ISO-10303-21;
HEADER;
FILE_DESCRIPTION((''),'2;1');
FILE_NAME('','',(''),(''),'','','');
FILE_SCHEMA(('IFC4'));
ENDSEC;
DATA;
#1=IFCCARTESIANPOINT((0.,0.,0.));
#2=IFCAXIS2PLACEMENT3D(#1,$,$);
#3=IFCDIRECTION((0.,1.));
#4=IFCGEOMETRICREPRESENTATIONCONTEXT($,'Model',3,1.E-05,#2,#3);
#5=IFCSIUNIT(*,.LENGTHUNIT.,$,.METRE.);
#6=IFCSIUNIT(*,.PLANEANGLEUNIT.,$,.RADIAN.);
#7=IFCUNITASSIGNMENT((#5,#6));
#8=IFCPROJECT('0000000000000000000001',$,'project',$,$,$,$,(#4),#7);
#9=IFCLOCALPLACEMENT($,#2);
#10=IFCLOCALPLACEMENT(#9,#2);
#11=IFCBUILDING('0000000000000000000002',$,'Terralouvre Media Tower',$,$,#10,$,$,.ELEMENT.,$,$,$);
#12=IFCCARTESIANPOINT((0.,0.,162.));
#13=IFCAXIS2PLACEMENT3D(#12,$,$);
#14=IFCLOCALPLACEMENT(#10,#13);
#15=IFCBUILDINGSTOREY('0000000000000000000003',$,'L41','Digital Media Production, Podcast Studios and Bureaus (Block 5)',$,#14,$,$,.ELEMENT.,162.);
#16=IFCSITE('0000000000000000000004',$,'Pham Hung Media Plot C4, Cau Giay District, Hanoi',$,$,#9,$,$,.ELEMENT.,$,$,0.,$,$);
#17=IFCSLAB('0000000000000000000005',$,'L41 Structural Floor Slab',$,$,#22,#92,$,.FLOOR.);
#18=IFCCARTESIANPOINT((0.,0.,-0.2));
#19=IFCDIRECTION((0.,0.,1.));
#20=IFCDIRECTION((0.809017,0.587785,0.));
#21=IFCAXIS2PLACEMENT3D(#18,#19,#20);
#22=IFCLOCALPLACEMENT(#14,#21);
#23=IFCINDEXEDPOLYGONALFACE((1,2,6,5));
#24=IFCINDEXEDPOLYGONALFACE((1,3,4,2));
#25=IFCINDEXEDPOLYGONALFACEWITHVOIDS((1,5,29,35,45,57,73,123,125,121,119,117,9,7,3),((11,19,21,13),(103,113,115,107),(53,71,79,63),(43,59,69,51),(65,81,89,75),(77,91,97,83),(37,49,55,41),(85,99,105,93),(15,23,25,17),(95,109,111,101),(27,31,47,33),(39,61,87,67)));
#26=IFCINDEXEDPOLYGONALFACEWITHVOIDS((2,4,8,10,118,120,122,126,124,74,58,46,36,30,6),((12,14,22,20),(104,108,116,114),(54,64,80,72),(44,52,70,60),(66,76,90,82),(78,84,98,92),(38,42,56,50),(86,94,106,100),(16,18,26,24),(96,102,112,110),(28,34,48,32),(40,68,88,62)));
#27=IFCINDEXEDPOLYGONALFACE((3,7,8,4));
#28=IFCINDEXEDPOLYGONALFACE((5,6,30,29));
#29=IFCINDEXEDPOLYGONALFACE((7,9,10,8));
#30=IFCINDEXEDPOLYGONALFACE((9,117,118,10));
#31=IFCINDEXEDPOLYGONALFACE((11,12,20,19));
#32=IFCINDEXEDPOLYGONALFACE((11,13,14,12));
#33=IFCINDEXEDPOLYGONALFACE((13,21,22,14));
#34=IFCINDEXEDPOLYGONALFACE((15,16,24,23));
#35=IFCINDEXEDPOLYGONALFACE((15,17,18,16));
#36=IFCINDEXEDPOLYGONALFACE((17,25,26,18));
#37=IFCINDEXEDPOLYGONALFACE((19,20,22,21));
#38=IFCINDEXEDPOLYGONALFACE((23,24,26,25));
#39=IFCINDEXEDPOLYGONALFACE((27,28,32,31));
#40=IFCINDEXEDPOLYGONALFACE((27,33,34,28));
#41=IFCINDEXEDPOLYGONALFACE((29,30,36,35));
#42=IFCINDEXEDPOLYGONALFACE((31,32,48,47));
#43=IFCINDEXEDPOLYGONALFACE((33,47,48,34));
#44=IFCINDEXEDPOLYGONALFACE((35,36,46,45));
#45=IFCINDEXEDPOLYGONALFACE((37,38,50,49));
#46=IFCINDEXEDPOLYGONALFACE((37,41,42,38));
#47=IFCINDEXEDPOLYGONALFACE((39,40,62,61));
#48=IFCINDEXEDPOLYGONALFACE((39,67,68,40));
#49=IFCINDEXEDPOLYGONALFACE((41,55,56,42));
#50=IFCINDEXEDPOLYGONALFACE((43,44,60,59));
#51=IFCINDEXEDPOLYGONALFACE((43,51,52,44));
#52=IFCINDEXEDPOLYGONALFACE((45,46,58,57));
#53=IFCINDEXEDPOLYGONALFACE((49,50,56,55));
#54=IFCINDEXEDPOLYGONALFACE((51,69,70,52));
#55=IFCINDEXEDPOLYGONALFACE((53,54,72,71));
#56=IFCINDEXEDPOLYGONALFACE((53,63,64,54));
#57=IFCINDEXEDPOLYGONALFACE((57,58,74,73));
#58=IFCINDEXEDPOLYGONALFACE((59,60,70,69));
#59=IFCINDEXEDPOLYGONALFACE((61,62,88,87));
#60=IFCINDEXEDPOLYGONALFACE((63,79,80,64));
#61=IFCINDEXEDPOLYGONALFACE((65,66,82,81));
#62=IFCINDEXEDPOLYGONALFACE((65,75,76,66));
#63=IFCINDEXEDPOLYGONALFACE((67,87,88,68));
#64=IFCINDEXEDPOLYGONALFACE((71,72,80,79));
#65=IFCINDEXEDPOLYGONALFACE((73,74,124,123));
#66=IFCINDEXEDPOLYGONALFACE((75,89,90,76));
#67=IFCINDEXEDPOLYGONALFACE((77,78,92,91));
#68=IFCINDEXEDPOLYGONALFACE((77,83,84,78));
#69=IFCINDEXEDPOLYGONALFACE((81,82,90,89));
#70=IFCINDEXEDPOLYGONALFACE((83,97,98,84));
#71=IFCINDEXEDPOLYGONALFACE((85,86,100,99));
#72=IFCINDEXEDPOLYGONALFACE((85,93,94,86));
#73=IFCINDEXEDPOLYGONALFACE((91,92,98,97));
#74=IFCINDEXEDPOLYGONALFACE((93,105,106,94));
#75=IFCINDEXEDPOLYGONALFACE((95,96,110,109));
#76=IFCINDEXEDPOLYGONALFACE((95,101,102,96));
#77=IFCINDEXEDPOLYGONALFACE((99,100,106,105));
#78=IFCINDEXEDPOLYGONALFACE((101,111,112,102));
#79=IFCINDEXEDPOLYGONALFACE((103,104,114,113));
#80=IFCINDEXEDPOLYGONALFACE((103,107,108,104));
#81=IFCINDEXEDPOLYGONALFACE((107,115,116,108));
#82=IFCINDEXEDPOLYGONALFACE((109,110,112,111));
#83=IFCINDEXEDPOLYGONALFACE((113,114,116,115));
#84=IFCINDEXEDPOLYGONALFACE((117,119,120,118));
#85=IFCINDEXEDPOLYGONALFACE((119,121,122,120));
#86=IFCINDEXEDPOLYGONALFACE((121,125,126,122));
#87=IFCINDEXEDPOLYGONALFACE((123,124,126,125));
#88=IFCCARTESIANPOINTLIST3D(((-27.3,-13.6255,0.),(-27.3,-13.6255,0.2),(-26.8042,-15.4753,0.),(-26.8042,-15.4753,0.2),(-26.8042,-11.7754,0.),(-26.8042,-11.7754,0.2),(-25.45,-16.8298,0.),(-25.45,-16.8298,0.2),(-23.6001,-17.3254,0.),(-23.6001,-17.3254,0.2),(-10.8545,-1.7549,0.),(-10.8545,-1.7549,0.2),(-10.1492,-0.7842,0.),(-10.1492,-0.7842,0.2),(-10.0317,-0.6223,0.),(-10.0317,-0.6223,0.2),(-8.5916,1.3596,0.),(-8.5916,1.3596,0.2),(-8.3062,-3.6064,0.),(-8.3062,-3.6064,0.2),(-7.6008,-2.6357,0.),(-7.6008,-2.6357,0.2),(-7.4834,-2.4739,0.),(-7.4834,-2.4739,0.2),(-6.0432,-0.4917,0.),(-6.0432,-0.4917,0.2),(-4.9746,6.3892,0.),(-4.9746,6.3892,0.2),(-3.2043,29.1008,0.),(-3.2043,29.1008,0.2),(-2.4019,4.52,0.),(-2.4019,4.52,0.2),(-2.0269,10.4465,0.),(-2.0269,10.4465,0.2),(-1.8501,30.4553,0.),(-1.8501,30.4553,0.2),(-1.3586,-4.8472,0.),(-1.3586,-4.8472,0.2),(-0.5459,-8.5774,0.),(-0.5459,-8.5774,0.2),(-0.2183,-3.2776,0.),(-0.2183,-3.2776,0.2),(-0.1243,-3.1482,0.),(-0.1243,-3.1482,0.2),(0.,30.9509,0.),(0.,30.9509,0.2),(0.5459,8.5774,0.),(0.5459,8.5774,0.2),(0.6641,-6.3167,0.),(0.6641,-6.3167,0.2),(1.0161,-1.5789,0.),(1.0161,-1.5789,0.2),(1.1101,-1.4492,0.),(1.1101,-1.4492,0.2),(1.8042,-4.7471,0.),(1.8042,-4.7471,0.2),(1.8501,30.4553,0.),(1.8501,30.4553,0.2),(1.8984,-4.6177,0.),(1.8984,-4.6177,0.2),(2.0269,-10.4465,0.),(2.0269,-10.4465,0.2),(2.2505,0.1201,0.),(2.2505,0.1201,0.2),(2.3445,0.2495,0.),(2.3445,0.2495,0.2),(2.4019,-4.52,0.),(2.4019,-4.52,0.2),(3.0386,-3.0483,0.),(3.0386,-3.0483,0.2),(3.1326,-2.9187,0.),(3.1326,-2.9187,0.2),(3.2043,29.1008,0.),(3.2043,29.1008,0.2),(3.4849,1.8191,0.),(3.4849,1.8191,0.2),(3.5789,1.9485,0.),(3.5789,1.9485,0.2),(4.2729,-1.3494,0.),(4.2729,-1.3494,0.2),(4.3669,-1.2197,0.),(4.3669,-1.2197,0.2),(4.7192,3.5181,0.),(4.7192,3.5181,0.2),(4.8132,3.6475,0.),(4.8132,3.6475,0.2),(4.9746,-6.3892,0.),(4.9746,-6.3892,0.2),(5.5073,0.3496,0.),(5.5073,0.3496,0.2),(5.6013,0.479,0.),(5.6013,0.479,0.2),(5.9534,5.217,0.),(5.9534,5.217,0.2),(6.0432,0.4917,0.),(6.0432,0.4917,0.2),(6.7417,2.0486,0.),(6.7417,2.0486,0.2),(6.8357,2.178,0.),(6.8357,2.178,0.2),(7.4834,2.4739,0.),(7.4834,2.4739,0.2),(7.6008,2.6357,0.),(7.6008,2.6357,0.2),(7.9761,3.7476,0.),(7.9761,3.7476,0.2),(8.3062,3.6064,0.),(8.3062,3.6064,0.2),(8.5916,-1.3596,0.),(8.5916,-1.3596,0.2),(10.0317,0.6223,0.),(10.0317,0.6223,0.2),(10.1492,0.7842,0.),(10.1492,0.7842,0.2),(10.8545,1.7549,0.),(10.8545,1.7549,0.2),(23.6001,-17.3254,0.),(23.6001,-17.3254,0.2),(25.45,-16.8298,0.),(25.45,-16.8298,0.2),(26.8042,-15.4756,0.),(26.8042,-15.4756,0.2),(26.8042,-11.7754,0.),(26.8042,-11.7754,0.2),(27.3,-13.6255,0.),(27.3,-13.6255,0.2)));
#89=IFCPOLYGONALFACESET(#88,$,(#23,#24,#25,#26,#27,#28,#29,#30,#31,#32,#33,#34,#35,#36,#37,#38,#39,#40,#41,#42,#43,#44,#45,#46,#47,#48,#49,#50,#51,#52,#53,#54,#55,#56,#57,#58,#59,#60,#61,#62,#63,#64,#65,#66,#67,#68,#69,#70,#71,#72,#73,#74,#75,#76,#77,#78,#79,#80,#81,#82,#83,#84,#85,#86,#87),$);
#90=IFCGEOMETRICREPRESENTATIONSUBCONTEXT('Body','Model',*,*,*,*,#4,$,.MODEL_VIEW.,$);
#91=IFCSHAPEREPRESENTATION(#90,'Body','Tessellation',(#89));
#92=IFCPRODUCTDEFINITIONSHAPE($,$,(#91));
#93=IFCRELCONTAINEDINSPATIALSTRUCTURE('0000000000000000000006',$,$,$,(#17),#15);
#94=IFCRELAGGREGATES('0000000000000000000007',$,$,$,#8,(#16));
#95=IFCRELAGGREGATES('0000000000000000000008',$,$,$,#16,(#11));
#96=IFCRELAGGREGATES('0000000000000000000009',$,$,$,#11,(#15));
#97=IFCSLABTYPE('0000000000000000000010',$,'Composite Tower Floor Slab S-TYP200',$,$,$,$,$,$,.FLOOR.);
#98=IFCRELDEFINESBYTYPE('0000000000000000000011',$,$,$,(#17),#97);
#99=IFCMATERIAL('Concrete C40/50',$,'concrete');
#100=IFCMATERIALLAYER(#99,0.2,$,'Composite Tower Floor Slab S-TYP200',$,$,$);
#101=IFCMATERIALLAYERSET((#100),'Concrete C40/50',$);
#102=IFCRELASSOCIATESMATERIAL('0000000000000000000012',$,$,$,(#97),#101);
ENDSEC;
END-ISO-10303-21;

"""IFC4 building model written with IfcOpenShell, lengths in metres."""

from ifc_helpers import new_model, si_unit, direction, frame, origin, place, context, subcontext, project, spatial, polyline, outline, extrude, material, layer, layer_set, type_object, element, save


model = new_model("IFC4")

# Units and contexts
model_context = context("Model", 3, precision=1e-05, world=origin(), true_north=direction((0.0, 1.0)))
body_context = subcontext(model_context, "Body", "Model", "MODEL_VIEW")
ifc_project = project(units=[si_unit("LENGTHUNIT", "METRE"), si_unit("PLANEANGLEUNIT", "RADIAN")], contexts=[model_context])

# Site, building, storey
site_placement = place(None, origin())
site = spatial("IfcSite", under=ifc_project, at=site_placement, Name="Pham Hung Media Plot C4, Cau Giay District, Hanoi", CompositionType="ELEMENT", RefElevation=0.0)
building_placement = place(site_placement, origin())
building = spatial("IfcBuilding", under=site, at=building_placement, Name="Terralouvre Media Tower", CompositionType="ELEMENT")
storey_placement = place(building_placement, frame((0.0, 0.0, 162.0)))
storey = spatial("IfcBuildingStorey", under=building, at=storey_placement, Name="L41", Description="Digital Media Production, Podcast Studios and Bureaus (Block 5)", CompositionType="ELEMENT", Elevation=162.0)

# Slab
ifc_material_1 = material(Name="Concrete C40/50", Category="concrete")
ifc_layer_1 = layer(ifc_material_1, 0.2, Name="Composite Tower Floor Slab S-TYP200")
ifc_layer_set_1 = layer_set([ifc_layer_1], Name="Concrete C40/50")
slab_type = type_object("IfcSlabType", Name="Composite Tower Floor Slab S-TYP200", PredefinedType="FLOOR", material=ifc_layer_set_1)
slab_placement = place(storey_placement, frame((0.0, 0.0, -0.2), z_axis=(0.0, 0.0, 1.0), x_axis=(0.809017, 0.587785, 0.0)))
element("IfcSlab", 1, at=slab_placement, inside=storey, type_object=slab_type, Name="L41 Structural Floor Slab", PredefinedType="FLOOR", context=body_context, shape_type="SweptSolid", body=[
    extrude(outline(polyline([(-26.8042, -11.7754), (-27.3, -13.6255), (-26.8042, -15.4753), (-25.45, -16.8298), (-23.6001, -17.3254), (23.6001, -17.3254), (25.45, -16.8298), (26.8042, -15.4756), (27.3, -13.6255), (26.8042, -11.7754), (3.2043, 29.1008), (1.8501, 30.4553), (0.0, 30.9509), (-1.8501, 30.4553), (-3.2043, 29.1008), (-26.8042, -11.7754)]), holes=[polyline([(-7.6008, -2.6357), (-8.3062, -3.6064), (-10.8545, -1.7549), (-10.1492, -0.7842), (-7.6008, -2.6357)]), polyline([(-7.4834, -2.4739), (-10.0317, -0.6223), (-8.5916, 1.3596), (-6.0432, -0.4917), (-7.4834, -2.4739)]), polyline([(4.3669, -1.2197), (2.3445, 0.2495), (3.4849, 1.8191), (5.5073, 0.3496), (4.3669, -1.2197)]), polyline([(6.7417, 2.0486), (5.6013, 0.479), (3.5789, 1.9485), (4.7192, 3.5181), (6.7417, 2.0486)]), polyline([(-2.4019, 4.52), (-4.9746, 6.3892), (-2.0269, 10.4465), (0.5459, 8.5774), (-2.4019, 4.52)]), polyline([(6.8357, 2.178), (4.8132, 3.6475), (5.9534, 5.217), (7.9761, 3.7476), (6.8357, 2.178)]), polyline([(-0.5459, -8.5774), (2.4019, -4.52), (4.9746, -6.3892), (2.0269, -10.4465), (-0.5459, -8.5774)]), polyline([(0.6641, -6.3167), (-1.3586, -4.8472), (-0.2183, -3.2776), (1.8042, -4.7471), (0.6641, -6.3167)]), polyline([(1.8984, -4.6177), (-0.1243, -3.1482), (1.0161, -1.5789), (3.0386, -3.0483), (1.8984, -4.6177)]), polyline([(4.2729, -1.3494), (3.1326, -2.9187), (1.1101, -1.4492), (2.2505, 0.1201), (4.2729, -1.3494)]), polyline([(8.5916, -1.3596), (6.0432, 0.4917), (7.4834, 2.4739), (10.0317, 0.6223), (8.5916, -1.3596)]), polyline([(10.1492, 0.7842), (7.6008, 2.6357), (8.3062, 3.6064), (10.8545, 1.7549), (10.1492, 0.7842)])]), origin(), (0.0, 0.0, 1.0), 0.2),
])

save(model, "model.ifc")
